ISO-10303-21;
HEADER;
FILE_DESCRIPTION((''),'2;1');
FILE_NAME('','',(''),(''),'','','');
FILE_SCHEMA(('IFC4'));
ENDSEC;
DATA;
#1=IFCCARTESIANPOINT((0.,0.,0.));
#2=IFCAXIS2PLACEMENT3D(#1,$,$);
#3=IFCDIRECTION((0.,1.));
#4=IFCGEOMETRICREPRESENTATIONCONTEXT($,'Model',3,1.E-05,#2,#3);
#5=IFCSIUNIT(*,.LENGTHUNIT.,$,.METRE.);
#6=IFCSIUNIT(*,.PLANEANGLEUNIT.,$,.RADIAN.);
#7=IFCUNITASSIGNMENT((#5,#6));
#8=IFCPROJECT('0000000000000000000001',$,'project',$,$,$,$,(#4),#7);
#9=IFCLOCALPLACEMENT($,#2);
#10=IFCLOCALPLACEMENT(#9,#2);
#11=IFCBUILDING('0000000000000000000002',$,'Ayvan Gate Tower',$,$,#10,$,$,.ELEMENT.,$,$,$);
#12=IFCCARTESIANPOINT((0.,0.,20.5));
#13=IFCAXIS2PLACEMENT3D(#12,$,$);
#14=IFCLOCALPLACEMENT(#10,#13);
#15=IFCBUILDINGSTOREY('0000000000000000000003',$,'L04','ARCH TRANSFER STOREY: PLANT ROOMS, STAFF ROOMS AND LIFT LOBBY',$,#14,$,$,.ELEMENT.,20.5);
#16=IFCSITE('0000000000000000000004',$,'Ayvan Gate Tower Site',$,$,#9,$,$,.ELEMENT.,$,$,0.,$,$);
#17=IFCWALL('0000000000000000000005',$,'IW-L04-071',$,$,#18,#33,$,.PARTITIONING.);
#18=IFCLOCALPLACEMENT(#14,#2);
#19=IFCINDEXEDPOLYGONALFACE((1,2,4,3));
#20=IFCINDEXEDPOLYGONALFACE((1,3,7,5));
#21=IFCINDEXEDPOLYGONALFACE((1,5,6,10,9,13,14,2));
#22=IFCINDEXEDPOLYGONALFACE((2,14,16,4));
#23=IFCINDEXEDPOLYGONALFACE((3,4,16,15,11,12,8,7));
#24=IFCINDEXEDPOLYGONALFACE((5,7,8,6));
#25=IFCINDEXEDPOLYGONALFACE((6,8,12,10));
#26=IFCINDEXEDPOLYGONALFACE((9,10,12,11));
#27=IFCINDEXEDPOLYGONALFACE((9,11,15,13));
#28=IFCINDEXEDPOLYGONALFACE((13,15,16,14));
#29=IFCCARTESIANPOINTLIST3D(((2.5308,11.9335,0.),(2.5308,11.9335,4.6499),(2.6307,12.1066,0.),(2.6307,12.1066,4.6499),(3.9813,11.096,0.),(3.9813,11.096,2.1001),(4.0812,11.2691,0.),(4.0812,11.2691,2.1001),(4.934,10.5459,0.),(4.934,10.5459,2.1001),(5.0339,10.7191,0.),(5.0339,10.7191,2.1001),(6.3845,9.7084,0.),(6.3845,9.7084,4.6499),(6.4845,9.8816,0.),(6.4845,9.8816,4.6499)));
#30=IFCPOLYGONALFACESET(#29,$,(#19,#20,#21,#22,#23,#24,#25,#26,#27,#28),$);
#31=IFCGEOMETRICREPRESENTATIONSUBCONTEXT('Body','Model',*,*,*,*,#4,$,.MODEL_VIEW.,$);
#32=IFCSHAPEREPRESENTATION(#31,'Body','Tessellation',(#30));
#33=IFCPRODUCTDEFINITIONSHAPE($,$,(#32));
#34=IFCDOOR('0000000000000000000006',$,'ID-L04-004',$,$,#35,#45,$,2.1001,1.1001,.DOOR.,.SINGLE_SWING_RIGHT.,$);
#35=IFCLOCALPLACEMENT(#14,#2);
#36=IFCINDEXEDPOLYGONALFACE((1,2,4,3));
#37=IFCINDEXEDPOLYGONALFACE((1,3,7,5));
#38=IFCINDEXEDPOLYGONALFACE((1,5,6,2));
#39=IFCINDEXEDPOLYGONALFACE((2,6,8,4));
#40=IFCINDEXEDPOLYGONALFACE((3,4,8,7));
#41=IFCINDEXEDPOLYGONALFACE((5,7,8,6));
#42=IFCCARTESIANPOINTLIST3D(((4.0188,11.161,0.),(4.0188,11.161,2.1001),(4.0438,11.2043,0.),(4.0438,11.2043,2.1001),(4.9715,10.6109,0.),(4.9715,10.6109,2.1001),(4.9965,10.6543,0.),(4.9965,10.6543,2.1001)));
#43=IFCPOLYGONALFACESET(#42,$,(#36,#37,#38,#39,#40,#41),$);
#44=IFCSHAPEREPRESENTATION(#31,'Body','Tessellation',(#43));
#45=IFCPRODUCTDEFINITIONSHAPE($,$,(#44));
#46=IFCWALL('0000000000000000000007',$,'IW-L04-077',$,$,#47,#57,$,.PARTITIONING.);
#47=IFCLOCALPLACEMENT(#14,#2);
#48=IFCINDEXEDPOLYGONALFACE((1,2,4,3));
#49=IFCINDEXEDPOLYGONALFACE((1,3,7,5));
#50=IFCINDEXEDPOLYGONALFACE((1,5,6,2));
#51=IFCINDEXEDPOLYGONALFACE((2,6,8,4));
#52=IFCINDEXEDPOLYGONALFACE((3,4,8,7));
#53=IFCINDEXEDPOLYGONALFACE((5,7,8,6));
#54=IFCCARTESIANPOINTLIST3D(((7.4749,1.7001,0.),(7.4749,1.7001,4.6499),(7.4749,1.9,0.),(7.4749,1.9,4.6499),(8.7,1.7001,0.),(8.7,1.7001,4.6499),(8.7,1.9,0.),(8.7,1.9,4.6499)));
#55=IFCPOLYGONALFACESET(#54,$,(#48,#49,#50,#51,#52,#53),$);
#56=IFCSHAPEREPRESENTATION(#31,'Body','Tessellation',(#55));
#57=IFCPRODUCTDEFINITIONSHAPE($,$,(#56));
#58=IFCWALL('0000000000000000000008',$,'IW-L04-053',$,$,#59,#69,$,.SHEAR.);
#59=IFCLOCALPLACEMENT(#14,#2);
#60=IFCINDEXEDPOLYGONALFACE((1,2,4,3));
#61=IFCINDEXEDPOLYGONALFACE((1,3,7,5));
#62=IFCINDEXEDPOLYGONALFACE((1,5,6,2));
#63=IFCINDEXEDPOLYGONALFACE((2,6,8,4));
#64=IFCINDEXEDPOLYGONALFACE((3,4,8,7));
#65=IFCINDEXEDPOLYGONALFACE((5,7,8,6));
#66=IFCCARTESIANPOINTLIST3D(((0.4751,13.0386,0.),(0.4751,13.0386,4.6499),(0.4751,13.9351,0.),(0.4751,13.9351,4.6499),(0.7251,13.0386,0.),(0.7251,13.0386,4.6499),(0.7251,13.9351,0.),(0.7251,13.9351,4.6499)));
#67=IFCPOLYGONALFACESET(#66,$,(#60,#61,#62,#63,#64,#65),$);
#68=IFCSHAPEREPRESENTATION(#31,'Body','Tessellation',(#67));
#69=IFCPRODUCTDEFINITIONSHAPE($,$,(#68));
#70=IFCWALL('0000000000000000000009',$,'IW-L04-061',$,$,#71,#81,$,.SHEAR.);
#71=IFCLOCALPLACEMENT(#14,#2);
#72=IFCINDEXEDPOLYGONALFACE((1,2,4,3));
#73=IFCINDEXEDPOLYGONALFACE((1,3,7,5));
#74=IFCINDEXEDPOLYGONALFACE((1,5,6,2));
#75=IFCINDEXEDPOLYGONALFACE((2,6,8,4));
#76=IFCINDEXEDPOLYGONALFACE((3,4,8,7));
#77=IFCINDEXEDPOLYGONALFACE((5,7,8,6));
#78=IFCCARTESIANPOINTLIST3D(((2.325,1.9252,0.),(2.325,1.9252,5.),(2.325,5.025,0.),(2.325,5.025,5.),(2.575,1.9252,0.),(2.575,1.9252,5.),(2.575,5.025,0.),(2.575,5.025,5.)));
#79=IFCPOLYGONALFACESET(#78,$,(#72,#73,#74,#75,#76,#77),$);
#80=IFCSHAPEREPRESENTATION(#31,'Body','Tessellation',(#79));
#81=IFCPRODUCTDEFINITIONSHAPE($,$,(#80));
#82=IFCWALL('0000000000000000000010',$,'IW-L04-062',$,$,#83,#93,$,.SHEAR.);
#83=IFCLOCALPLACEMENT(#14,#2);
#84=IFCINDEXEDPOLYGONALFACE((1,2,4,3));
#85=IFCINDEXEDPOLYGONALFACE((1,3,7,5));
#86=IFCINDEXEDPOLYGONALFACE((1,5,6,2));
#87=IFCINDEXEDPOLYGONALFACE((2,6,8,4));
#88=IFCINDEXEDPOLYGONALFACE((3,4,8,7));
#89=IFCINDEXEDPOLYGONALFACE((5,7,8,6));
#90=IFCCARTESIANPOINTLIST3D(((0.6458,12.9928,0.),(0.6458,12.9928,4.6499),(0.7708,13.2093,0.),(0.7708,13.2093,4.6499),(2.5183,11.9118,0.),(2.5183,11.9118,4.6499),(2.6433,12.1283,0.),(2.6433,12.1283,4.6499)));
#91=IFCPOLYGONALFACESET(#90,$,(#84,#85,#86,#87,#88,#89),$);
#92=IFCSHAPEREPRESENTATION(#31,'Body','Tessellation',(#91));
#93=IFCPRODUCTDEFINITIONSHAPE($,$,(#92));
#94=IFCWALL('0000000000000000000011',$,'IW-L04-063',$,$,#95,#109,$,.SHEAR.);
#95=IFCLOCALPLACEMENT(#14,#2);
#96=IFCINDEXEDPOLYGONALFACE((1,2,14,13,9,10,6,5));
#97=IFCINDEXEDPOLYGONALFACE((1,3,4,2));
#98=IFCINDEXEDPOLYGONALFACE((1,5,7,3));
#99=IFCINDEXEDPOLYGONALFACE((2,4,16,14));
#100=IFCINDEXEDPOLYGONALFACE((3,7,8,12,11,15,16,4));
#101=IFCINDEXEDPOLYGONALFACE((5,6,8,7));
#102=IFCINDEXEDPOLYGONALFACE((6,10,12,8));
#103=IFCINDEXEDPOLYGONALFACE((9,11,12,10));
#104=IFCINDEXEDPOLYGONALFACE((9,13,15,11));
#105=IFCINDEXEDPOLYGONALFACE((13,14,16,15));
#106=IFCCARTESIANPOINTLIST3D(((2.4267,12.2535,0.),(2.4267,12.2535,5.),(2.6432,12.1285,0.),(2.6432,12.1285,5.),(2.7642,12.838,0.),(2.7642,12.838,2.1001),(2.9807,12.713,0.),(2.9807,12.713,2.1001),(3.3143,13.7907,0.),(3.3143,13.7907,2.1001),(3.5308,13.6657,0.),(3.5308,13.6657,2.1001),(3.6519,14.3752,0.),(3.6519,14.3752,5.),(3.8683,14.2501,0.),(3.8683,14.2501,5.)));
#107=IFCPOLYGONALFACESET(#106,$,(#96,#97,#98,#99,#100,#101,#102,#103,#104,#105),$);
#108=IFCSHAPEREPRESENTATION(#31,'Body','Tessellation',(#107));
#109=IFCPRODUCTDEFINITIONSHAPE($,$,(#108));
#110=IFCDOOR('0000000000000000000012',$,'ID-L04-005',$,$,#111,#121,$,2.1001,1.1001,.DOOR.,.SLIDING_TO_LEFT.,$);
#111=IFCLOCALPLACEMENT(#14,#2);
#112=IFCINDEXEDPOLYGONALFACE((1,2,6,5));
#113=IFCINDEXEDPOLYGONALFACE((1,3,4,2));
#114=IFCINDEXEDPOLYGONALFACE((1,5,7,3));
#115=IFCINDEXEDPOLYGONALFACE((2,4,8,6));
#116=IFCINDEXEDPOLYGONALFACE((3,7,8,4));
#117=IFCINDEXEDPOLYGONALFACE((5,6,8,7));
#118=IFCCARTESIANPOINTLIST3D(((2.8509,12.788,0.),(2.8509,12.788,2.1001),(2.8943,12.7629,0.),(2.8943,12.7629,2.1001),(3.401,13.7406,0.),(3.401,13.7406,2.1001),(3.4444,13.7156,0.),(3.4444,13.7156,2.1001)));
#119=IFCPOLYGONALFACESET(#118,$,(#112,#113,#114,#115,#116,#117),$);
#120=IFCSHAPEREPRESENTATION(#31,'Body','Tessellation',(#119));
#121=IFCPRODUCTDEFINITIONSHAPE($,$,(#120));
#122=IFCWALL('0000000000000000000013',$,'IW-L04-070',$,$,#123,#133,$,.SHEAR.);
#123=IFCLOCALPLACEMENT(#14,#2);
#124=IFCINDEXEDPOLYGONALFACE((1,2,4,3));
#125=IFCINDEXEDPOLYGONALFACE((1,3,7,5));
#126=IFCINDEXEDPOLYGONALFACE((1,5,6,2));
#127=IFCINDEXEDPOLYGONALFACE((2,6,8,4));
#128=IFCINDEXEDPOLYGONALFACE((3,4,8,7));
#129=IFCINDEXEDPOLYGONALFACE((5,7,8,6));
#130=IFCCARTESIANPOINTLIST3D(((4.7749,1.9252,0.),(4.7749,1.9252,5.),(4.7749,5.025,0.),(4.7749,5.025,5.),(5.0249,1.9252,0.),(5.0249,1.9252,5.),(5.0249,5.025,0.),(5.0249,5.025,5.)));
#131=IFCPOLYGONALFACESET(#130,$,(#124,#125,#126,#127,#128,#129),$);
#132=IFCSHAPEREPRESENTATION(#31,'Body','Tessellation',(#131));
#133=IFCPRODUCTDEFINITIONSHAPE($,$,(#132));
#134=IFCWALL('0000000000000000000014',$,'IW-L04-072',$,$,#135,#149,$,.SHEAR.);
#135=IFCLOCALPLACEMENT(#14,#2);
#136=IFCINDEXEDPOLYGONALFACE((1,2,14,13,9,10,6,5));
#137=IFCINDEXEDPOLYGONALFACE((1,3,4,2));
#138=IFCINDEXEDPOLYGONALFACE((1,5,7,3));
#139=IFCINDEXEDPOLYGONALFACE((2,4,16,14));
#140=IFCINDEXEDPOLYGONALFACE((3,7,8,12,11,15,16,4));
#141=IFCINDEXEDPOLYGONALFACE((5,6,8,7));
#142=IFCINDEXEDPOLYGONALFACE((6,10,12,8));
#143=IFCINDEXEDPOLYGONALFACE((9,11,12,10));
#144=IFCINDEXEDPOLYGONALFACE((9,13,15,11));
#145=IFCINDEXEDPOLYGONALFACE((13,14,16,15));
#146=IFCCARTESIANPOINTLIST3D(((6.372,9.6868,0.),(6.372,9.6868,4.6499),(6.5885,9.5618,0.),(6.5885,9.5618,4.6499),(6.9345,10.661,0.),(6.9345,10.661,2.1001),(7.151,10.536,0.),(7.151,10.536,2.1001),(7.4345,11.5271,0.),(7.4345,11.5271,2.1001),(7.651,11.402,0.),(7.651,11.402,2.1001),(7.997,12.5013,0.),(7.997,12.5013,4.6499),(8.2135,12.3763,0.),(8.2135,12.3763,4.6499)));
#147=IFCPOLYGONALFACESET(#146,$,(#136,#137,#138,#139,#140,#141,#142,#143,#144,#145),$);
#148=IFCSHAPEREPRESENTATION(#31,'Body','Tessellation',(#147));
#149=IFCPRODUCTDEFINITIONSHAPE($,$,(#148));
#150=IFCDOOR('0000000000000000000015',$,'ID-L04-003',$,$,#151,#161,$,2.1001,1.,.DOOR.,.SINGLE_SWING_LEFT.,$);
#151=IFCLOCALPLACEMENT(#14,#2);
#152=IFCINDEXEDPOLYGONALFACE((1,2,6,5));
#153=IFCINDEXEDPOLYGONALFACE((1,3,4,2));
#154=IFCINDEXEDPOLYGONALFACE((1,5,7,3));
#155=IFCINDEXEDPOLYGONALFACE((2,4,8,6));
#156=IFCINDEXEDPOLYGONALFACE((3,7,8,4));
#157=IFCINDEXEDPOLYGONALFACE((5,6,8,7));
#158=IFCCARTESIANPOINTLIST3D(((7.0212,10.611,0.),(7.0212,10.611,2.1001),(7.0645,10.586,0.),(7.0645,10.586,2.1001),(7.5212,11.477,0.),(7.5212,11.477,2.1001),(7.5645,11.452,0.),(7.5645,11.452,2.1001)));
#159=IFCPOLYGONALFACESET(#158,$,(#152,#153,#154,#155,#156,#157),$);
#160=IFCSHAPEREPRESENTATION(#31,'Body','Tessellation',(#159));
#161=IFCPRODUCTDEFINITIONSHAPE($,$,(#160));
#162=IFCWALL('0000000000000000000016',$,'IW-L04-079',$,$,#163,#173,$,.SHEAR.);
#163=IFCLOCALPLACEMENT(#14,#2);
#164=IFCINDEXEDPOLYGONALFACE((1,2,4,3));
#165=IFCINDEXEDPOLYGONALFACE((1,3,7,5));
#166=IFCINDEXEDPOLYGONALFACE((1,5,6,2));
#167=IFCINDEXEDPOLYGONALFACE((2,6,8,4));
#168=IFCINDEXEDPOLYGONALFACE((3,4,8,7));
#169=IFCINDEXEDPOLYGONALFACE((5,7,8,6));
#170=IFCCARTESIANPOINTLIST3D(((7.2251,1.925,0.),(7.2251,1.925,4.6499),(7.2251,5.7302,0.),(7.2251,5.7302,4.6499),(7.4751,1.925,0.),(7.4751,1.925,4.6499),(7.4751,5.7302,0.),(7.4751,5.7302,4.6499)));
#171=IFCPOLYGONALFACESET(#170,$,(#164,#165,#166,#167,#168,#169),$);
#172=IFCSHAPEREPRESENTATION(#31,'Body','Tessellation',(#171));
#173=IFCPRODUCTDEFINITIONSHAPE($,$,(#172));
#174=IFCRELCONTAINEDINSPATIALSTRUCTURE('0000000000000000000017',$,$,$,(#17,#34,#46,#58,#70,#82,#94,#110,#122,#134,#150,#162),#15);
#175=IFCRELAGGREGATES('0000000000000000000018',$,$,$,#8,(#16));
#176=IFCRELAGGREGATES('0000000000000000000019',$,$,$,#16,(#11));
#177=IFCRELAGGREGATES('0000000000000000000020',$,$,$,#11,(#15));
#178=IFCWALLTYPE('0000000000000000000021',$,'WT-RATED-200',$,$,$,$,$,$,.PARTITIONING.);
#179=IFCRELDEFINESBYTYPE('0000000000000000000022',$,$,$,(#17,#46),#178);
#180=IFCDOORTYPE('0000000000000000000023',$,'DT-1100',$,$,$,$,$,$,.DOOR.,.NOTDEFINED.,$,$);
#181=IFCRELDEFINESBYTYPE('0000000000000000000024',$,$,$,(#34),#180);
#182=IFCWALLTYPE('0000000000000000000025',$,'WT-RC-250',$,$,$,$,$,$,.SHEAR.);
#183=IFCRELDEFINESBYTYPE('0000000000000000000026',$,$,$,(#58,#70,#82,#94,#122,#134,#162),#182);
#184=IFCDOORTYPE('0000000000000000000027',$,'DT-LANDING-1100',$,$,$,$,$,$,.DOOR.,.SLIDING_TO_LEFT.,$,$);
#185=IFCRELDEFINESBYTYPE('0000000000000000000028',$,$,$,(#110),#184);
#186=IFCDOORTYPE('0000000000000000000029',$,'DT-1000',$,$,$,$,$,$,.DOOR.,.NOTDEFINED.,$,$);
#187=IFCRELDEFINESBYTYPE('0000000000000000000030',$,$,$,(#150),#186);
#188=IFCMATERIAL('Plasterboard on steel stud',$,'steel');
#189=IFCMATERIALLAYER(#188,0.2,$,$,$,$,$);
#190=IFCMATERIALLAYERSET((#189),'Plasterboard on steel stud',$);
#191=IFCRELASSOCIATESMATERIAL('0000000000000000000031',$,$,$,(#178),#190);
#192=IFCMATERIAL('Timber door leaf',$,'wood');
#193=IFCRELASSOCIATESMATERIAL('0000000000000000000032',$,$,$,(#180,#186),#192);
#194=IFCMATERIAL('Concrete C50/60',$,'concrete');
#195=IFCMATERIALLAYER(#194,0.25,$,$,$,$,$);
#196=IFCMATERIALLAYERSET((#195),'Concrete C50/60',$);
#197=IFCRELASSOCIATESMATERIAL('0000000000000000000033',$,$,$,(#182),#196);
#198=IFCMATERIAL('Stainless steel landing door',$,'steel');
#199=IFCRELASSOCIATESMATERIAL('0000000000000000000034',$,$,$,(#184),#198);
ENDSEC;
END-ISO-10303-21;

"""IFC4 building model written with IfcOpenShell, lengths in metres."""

from ifc_helpers import new_model, si_unit, direction, frame, frame_2d, origin, place, context, subcontext, project, spatial, rectangle, extrude, material, layer, layer_set, type_object, element, fill, save


model = new_model("IFC4")

# Units and contexts
model_context = context("Model", 3, precision=1e-05, world=origin(), true_north=direction((0.0, 1.0)))
body_context = subcontext(model_context, "Body", "Model", "MODEL_VIEW")
ifc_project = project(units=[si_unit("LENGTHUNIT", "METRE"), si_unit("PLANEANGLEUNIT", "RADIAN")], contexts=[model_context])

# Site, building, storey
site_placement = place(None, origin())
site = spatial("IfcSite", under=ifc_project, at=site_placement, Name="Ayvan Gate Tower Site", CompositionType="ELEMENT", RefElevation=0.0)
building_placement = place(site_placement, origin())
building = spatial("IfcBuilding", under=site, at=building_placement, Name="Ayvan Gate Tower", CompositionType="ELEMENT")
storey_placement = place(building_placement, frame((0.0, 0.0, 20.5)))
storey = spatial("IfcBuildingStorey", under=building, at=storey_placement, Name="L04", Description="ARCH TRANSFER STOREY: PLANT ROOMS, STAFF ROOMS AND LIFT LOBBY", CompositionType="ELEMENT", Elevation=20.5)

# Shared definitions
ifc_material_1 = material(Name="Timber door leaf", Category="wood")

# Shared definitions
ifc_material_2 = material(Name="Plasterboard on steel stud", Category="steel")
ifc_layer_1 = layer(ifc_material_2, 0.2)
ifc_layer_set_1 = layer_set([ifc_layer_1], Name="Plasterboard on steel stud")
wall_type_1 = type_object("IfcWallType", Name="WT-RATED-200", PredefinedType="PARTITIONING", material=ifc_layer_set_1)

# Wall, opening, door
wall_1_placement = place(storey_placement, frame((6.4346, 9.7949, 0.0), z_axis=(0.0, 0.0, 1.0), x_axis=(-0.866013, 0.500022, 0.0)))
wall_1 = element("IfcWall", 1, at=wall_1_placement, inside=storey, type_object=wall_type_1, Name="IW-L04-071", PredefinedType="PARTITIONING", context=body_context, shape_type="SweptSolid", body=[
    extrude(rectangle(XDim=4.45, YDim=0.2, at=frame_2d((2.2251, 0.0))), origin(), (0.0, 0.0, 1.0), 4.6499),
])
opening_1_placement = place(wall_1_placement, frame((1.675, 0.0, 0.0)))
opening_1 = element("IfcOpeningElement", 2, at=opening_1_placement, cuts=wall_1, PredefinedType="OPENING", context=body_context, shape_type="SweptSolid", body=[
    extrude(rectangle(XDim=1.1001, YDim=2.1001, at=frame_2d((0.55, 1.05))), frame((0.0, 0.1099, 0.0), z_axis=(0.0, -1.0, 0.0), x_axis=(1.0, 0.0, 0.0)), (0.0, 0.0, 1.0), 0.22),
])
door_type_1 = type_object("IfcDoorType", Name="DT-1100", OperationType="NOTDEFINED", PredefinedType="DOOR", material=ifc_material_1)
door_1_placement = place(opening_1_placement, origin())
door_1 = element("IfcDoor", 3, at=door_1_placement, inside=storey, type_object=door_type_1, Name="ID-L04-004", OperationType="SINGLE_SWING_RIGHT", OverallHeight=2.1001, OverallWidth=1.1001, PredefinedType="DOOR", context=body_context, shape_type="SweptSolid", body=[
    extrude(rectangle(XDim=1.1001, YDim=2.1001, at=frame_2d((0.55, 1.05))), frame((0.0, 0.0249, 0.0), z_axis=(0.0, -1.0, 0.0), x_axis=(1.0, 0.0, 0.0)), (0.0, 0.0, 1.0), 0.05),
])
fill(opening_1, door_1)

# Walls
wall_2_placement = place(storey_placement, frame((7.4749, 1.8, 0.0), z_axis=(0.0, 0.0, 1.0), x_axis=(1.0, 0.0, 0.0)))
element("IfcWall", 4, at=wall_2_placement, inside=storey, type_object=wall_type_1, Name="IW-L04-077", PredefinedType="PARTITIONING", context=body_context, shape_type="SweptSolid", body=[
    extrude(rectangle(XDim=1.2251, YDim=0.2, at=frame_2d((0.6125, 0.0))), origin(), (0.0, 0.0, 1.0), 4.6499),
])
ifc_material_3 = material(Name="Concrete C50/60", Category="concrete")
ifc_layer_2 = layer(ifc_material_3, 0.25)
ifc_layer_set_2 = layer_set([ifc_layer_2], Name="Concrete C50/60")
wall_type_2 = type_object("IfcWallType", Name="WT-RC-250", PredefinedType="SHEAR", material=ifc_layer_set_2)
wall_3_placement = place(storey_placement, frame((0.6001, 13.0386, 0.0), z_axis=(0.0, 0.0, 1.0), x_axis=(0.0, 1.0, 0.0)))
element("IfcWall", 5, at=wall_3_placement, inside=storey, type_object=wall_type_2, Name="IW-L04-053", PredefinedType="SHEAR", context=body_context, shape_type="SweptSolid", body=[
    extrude(rectangle(XDim=0.8965, YDim=0.25, at=frame_2d((0.4482, 0.0))), origin(), (0.0, 0.0, 1.0), 4.6499),
])
wall_4_placement = place(storey_placement, frame((2.45, 5.0249, 0.0), z_axis=(0.0, 0.0, 1.0), x_axis=(0.0, -1.0, 0.0)))
element("IfcWall", 6, at=wall_4_placement, inside=storey, type_object=wall_type_2, Name="IW-L04-061", PredefinedType="SHEAR", context=body_context, shape_type="SweptSolid", body=[
    extrude(rectangle(XDim=3.0999, YDim=0.25, at=frame_2d((1.5498, 0.0))), origin(), (0.0, 0.0, 1.0), 5.0),
])
wall_5_placement = place(storey_placement, frame((2.5808, 12.02, 0.0), z_axis=(0.0, 0.0, 1.0), x_axis=(-0.866039, 0.499977, 0.0)))
element("IfcWall", 7, at=wall_5_placement, inside=storey, type_object=wall_type_2, Name="IW-L04-062", PredefinedType="SHEAR", context=body_context, shape_type="SweptSolid", body=[
    extrude(rectangle(XDim=2.1621, YDim=0.25, at=frame_2d((1.0811, 0.0))), origin(), (0.0, 0.0, 1.0), 4.6499),
])

# Wall, opening, door
wall_6_placement = place(storey_placement, frame((2.5349, 12.1909, 0.0), z_axis=(0.0, 0.0, 1.0), x_axis=(0.500062, 0.86599, 0.0)))
wall_6 = element("IfcWall", 8, at=wall_6_placement, inside=storey, type_object=wall_type_2, Name="IW-L04-063", PredefinedType="SHEAR", context=body_context, shape_type="SweptSolid", body=[
    extrude(rectangle(XDim=2.45, YDim=0.25, at=frame_2d((1.2251, 0.0))), origin(), (0.0, 0.0, 1.0), 5.0),
])
opening_2_placement = place(wall_6_placement, frame((0.675, 0.0, 0.0)))
opening_2 = element("IfcOpeningElement", 9, at=opening_2_placement, cuts=wall_6, PredefinedType="OPENING", context=body_context, shape_type="SweptSolid", body=[
    extrude(rectangle(XDim=1.1001, YDim=2.1001, at=frame_2d((0.55, 1.05))), frame((0.0, 0.135, 0.0), z_axis=(0.0, -1.0, 0.0), x_axis=(1.0, 0.0, 0.0)), (0.0, 0.0, 1.0), 0.27),
])
ifc_material_4 = material(Name="Stainless steel landing door", Category="steel")
door_type_2 = type_object("IfcDoorType", Name="DT-LANDING-1100", OperationType="SLIDING_TO_LEFT", PredefinedType="DOOR", material=ifc_material_4)
door_2_placement = place(opening_2_placement, origin())
door_2 = element("IfcDoor", 10, at=door_2_placement, inside=storey, type_object=door_type_2, Name="ID-L04-005", OperationType="SLIDING_TO_LEFT", OverallHeight=2.1001, OverallWidth=1.1001, PredefinedType="DOOR", context=body_context, shape_type="SweptSolid", body=[
    extrude(rectangle(XDim=1.1001, YDim=2.1001, at=frame_2d((0.55, 1.05))), frame((0.0, 0.0249, 0.0), z_axis=(0.0, -1.0, 0.0), x_axis=(1.0, 0.0, 0.0)), (0.0, 0.0, 1.0), 0.05),
])
fill(opening_2, door_2)

# Wall
wall_7_placement = place(storey_placement, frame((4.8999, 5.0249, 0.0), z_axis=(0.0, 0.0, 1.0), x_axis=(0.0, -1.0, 0.0)))
element("IfcWall", 11, at=wall_7_placement, inside=storey, type_object=wall_type_2, Name="IW-L04-070", PredefinedType="SHEAR", context=body_context, shape_type="SweptSolid", body=[
    extrude(rectangle(XDim=3.0999, YDim=0.25, at=frame_2d((1.5498, 0.0))), origin(), (0.0, 0.0, 1.0), 5.0),
])

# Wall, opening, door
wall_8_placement = place(storey_placement, frame((6.4802, 9.6243, 0.0), z_axis=(0.0, 0.0, 1.0), x_axis=(0.500017, 0.866015, 0.0)))
wall_8 = element("IfcWall", 12, at=wall_8_placement, inside=storey, type_object=wall_type_2, Name="IW-L04-072", PredefinedType="SHEAR", context=body_context, shape_type="SweptSolid", body=[
    extrude(rectangle(XDim=3.25, YDim=0.25, at=frame_2d((1.625, 0.0))), origin(), (0.0, 0.0, 1.0), 4.6499),
])
opening_3_placement = place(wall_8_placement, frame((1.125, 0.0, 0.0)))
opening_3 = element("IfcOpeningElement", 13, at=opening_3_placement, cuts=wall_8, PredefinedType="OPENING", context=body_context, shape_type="SweptSolid", body=[
    extrude(rectangle(XDim=1.0, YDim=2.1001, at=frame_2d((0.5, 1.05))), frame((0.0, 0.135, 0.0), z_axis=(0.0, -1.0, 0.0), x_axis=(1.0, 0.0, 0.0)), (0.0, 0.0, 1.0), 0.27),
])
door_type_3 = type_object("IfcDoorType", Name="DT-1000", OperationType="NOTDEFINED", PredefinedType="DOOR", material=ifc_material_1)
door_3_placement = place(opening_3_placement, origin())
door_3 = element("IfcDoor", 14, at=door_3_placement, inside=storey, type_object=door_type_3, Name="ID-L04-003", OperationType="SINGLE_SWING_LEFT", OverallHeight=2.1001, OverallWidth=1.0, PredefinedType="DOOR", context=body_context, shape_type="SweptSolid", body=[
    extrude(rectangle(XDim=1.0, YDim=2.1001, at=frame_2d((0.5, 1.05))), frame((0.0, 0.0249, 0.0), z_axis=(0.0, -1.0, 0.0), x_axis=(1.0, 0.0, 0.0)), (0.0, 0.0, 1.0), 0.05),
])
fill(opening_3, door_3)

# Wall
wall_9_placement = place(storey_placement, frame((7.3501, 5.7302, 0.0), z_axis=(0.0, 0.0, 1.0), x_axis=(0.0, -1.0, 0.0)))
element("IfcWall", 15, at=wall_9_placement, inside=storey, type_object=wall_type_2, Name="IW-L04-079", PredefinedType="SHEAR", context=body_context, shape_type="SweptSolid", body=[
    extrude(rectangle(XDim=3.8052, YDim=0.25, at=frame_2d((1.9026, 0.0))), origin(), (0.0, 0.0, 1.0), 4.6499),
])

save(model, "model.ifc")
